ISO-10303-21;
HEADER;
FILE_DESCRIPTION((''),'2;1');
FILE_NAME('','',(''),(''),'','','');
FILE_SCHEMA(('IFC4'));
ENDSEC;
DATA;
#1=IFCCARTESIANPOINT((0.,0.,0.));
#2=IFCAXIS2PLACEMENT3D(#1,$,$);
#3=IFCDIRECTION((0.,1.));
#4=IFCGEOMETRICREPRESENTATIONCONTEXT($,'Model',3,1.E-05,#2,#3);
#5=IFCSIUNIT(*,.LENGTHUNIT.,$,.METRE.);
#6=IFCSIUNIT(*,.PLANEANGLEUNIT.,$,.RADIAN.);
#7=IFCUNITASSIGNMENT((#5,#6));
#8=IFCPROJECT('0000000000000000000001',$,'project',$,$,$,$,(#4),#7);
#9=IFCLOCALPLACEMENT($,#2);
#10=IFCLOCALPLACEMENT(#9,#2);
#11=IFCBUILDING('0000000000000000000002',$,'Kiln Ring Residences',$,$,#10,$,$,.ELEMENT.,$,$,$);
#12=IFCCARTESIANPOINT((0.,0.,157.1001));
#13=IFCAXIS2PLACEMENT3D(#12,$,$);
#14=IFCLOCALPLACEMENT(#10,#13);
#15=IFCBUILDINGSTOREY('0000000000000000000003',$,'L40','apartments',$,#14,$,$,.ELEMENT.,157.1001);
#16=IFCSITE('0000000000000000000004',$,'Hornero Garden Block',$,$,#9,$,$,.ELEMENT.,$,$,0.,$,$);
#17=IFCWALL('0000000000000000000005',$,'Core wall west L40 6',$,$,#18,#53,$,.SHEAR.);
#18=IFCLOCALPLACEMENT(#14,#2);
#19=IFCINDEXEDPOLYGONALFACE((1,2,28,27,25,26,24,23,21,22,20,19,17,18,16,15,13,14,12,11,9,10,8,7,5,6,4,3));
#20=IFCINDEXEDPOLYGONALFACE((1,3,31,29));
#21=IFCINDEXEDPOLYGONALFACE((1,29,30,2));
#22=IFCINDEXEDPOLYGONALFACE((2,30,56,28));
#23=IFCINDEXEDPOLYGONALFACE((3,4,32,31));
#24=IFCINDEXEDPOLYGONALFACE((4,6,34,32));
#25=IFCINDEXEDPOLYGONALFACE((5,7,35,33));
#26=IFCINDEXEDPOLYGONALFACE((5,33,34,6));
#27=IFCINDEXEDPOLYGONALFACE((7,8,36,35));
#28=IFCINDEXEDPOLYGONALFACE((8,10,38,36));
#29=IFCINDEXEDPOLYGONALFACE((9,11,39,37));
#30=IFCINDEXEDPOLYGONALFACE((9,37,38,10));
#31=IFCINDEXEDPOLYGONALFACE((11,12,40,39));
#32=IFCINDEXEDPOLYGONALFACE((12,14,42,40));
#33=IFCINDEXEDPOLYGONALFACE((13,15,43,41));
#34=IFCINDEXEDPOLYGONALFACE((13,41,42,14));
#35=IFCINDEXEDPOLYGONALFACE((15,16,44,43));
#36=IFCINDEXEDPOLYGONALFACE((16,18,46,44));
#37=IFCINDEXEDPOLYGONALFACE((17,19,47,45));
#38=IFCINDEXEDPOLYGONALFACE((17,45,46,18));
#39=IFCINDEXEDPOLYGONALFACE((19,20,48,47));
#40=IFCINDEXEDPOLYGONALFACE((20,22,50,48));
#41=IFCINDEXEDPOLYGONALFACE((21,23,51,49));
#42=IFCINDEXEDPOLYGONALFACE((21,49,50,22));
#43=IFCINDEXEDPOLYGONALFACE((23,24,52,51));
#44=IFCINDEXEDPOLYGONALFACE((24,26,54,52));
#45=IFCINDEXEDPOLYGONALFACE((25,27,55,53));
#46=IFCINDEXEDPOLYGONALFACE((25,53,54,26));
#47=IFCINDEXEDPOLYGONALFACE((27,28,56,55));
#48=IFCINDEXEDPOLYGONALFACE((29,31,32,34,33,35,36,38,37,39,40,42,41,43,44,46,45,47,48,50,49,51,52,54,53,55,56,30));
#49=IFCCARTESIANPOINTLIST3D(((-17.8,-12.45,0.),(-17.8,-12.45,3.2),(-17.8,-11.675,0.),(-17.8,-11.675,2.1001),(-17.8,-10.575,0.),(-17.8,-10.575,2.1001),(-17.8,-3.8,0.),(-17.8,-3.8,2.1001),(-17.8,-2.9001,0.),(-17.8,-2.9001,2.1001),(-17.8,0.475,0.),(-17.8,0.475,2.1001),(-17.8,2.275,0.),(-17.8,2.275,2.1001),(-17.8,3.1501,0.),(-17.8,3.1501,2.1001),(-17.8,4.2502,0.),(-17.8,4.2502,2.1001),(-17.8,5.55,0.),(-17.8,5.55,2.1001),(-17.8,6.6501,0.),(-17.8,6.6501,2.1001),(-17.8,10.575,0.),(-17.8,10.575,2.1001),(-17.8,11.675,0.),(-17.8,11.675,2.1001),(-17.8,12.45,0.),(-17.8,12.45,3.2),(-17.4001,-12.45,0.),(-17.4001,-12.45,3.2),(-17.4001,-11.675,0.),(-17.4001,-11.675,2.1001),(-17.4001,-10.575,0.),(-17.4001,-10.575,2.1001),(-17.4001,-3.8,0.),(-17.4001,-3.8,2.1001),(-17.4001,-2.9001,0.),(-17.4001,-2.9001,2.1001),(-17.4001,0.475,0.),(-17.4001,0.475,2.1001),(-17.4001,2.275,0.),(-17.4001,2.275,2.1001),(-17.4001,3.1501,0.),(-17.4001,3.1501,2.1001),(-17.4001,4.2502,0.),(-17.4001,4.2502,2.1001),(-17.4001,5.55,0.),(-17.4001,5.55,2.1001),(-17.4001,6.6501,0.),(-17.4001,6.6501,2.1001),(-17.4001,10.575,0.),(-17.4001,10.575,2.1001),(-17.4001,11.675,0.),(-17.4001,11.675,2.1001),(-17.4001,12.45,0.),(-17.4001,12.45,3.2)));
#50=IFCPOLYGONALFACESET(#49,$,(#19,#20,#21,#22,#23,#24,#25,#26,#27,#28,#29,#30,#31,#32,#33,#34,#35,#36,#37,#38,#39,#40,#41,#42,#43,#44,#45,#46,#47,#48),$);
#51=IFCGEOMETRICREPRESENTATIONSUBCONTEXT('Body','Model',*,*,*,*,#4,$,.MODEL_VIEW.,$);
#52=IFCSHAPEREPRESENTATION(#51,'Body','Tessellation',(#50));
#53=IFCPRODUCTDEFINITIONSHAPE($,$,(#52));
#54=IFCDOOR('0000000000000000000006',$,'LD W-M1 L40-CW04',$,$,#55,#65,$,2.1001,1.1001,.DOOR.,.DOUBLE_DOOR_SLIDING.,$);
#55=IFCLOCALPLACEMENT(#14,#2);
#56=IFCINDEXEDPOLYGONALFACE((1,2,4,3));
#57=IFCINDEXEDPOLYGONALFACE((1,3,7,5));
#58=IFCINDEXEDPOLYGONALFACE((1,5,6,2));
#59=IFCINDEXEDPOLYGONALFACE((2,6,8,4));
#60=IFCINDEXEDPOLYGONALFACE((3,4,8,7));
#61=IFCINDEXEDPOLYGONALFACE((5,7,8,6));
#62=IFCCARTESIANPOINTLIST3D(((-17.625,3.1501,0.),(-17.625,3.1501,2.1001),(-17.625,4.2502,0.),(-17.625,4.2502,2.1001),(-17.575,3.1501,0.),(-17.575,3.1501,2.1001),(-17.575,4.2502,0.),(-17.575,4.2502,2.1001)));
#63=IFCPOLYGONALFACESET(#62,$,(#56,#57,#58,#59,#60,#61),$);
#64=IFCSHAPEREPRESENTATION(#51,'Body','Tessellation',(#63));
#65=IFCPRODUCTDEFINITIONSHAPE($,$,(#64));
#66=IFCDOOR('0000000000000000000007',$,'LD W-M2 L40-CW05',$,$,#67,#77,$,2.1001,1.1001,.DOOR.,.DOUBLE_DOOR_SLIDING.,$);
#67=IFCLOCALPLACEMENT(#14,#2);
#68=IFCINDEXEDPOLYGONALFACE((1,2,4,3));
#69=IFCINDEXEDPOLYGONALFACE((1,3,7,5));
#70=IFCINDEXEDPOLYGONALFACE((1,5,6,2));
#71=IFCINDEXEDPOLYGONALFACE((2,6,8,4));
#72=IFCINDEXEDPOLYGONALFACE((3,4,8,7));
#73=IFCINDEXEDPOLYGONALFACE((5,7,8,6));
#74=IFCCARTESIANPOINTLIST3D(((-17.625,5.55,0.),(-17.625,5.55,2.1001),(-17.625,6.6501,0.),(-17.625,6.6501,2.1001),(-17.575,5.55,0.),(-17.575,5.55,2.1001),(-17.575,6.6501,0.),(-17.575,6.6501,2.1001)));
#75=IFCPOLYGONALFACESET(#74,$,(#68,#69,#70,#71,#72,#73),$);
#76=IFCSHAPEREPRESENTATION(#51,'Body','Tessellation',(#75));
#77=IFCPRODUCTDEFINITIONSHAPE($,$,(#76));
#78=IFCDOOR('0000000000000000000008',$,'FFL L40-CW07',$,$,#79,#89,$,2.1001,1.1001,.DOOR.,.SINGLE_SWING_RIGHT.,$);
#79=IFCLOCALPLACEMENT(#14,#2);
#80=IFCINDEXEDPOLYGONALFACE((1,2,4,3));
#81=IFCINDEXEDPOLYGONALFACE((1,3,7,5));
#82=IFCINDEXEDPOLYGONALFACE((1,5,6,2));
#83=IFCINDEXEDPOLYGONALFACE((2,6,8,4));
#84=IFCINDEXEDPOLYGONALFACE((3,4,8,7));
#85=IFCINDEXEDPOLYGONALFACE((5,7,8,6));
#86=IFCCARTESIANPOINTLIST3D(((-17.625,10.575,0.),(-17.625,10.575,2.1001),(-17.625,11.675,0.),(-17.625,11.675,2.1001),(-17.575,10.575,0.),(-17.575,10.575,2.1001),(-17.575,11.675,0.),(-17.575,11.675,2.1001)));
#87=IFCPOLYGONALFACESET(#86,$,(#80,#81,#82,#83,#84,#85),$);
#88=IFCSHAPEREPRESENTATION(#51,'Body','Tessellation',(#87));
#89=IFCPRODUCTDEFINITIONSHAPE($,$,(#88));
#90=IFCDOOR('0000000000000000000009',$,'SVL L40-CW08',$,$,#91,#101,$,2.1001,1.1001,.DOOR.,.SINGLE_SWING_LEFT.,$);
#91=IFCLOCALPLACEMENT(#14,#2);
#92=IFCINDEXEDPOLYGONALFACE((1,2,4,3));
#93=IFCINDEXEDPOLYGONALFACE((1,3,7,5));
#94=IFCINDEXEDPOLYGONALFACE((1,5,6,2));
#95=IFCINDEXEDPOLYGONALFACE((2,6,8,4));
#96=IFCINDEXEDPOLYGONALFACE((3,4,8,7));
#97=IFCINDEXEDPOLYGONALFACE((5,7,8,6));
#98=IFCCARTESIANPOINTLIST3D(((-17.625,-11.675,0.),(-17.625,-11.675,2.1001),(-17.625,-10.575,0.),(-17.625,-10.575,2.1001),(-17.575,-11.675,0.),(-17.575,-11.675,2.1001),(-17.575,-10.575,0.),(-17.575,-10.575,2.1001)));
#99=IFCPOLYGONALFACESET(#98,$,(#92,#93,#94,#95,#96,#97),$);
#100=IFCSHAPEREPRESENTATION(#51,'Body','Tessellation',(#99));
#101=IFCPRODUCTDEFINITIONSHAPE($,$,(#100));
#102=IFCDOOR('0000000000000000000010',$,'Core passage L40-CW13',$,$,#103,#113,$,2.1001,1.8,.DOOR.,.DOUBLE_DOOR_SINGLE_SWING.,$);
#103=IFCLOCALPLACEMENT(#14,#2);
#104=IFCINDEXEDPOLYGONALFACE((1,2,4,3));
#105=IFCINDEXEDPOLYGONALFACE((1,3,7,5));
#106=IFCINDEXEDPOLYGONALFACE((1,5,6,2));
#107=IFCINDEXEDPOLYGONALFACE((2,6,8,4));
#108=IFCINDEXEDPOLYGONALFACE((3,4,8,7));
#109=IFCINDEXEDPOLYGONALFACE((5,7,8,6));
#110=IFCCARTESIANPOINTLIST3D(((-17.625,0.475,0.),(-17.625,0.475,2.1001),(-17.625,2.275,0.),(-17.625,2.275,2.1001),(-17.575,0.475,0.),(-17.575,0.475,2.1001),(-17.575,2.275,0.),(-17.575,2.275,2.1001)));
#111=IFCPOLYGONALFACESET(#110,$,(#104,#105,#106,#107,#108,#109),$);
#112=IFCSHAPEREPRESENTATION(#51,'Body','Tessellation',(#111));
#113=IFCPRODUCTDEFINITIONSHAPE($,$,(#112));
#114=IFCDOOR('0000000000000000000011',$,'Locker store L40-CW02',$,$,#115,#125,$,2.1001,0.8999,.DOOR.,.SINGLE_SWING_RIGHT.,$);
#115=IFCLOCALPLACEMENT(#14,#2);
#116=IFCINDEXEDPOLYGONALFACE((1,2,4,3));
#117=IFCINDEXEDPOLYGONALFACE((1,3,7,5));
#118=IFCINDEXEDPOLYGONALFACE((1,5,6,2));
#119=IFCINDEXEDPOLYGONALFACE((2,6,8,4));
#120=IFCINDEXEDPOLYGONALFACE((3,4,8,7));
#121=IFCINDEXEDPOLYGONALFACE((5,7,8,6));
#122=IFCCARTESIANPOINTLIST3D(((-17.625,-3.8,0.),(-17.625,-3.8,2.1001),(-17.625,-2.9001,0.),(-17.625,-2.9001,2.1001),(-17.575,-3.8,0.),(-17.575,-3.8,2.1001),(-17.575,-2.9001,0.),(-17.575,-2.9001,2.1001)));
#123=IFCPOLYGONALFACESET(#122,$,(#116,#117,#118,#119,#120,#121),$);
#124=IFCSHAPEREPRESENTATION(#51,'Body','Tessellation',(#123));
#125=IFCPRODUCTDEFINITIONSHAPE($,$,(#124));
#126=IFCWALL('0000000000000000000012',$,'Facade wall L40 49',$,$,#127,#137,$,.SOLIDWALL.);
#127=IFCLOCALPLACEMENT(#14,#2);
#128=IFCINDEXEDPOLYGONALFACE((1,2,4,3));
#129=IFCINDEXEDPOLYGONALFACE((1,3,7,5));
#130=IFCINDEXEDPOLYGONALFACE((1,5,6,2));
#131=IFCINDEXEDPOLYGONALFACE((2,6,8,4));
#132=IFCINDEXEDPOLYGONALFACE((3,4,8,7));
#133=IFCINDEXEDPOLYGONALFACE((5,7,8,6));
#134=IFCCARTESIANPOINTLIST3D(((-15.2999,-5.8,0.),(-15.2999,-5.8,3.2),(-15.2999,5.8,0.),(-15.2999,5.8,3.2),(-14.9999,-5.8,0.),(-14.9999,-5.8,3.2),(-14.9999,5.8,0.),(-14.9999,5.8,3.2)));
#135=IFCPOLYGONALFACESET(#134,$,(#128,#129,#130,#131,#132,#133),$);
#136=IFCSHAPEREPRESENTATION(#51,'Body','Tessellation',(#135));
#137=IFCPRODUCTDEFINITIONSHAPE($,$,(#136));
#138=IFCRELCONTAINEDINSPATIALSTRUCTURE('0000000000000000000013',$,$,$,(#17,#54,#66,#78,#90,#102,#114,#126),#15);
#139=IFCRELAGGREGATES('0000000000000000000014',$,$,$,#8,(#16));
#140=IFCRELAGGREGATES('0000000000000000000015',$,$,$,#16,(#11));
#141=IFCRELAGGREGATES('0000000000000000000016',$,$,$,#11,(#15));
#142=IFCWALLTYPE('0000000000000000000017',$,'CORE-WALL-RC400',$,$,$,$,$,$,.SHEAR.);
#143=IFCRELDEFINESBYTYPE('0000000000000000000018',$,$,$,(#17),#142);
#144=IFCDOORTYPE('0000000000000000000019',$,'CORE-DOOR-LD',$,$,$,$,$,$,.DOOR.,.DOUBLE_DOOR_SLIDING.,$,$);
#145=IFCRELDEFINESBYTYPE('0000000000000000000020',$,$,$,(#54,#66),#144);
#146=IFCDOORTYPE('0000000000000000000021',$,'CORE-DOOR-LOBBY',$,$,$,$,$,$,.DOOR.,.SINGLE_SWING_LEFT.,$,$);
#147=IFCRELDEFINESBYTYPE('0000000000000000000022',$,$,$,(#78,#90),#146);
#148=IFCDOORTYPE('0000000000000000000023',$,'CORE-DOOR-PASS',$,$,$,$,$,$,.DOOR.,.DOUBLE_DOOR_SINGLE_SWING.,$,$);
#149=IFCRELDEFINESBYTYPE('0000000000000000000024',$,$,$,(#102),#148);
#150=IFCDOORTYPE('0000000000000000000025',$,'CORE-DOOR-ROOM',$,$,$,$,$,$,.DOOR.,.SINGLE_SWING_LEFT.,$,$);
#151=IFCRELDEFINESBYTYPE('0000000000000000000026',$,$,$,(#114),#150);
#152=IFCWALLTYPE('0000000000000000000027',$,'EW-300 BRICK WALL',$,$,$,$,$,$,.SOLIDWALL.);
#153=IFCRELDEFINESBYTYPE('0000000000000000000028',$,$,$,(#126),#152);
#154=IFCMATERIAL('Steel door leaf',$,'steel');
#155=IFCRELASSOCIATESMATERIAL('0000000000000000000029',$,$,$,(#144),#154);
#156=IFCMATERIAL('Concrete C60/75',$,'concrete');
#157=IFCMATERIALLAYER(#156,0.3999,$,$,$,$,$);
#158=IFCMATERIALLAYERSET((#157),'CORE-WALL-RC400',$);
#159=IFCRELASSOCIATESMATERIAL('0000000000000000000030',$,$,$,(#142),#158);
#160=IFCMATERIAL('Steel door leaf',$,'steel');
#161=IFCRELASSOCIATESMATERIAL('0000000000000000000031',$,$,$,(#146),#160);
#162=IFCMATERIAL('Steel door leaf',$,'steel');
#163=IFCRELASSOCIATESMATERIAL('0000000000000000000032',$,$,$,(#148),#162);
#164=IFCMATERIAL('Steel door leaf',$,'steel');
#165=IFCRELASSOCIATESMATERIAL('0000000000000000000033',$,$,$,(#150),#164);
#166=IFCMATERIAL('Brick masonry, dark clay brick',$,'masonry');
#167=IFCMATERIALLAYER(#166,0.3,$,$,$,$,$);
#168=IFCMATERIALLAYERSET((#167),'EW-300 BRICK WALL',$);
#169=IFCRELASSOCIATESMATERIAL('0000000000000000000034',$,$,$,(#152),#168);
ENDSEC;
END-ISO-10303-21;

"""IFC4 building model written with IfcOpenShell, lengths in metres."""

from ifc_helpers import new_model, si_unit, direction, frame, frame_2d, origin, place, context, subcontext, project, spatial, rectangle, extrude, material, layer, layer_set, type_object, element, fill, save


model = new_model("IFC4")

# Units and contexts
model_context = context("Model", 3, precision=1e-05, world=origin(), true_north=direction((0.0, 1.0)))
body_context = subcontext(model_context, "Body", "Model", "MODEL_VIEW")
ifc_project = project(units=[si_unit("LENGTHUNIT", "METRE"), si_unit("PLANEANGLEUNIT", "RADIAN")], contexts=[model_context])

# Site, building, storey
site_placement = place(None, origin())
site = spatial("IfcSite", under=ifc_project, at=site_placement, Name="Hornero Garden Block", CompositionType="ELEMENT", RefElevation=0.0)
building_placement = place(site_placement, origin())
building = spatial("IfcBuilding", under=site, at=building_placement, Name="Kiln Ring Residences", CompositionType="ELEMENT")
storey_placement = place(building_placement, frame((0.0, 0.0, 157.1001)))
storey = spatial("IfcBuildingStorey", under=building, at=storey_placement, Name="L40", Description="apartments", CompositionType="ELEMENT", Elevation=157.1001)

# Wall, openings, doors
ifc_material_1 = material(Name="Steel door leaf", Category="steel")
door_type_1 = type_object("IfcDoorType", Name="CORE-DOOR-LD", OperationType="DOUBLE_DOOR_SLIDING", PredefinedType="DOOR", material=ifc_material_1)
ifc_material_2 = material(Name="Concrete C60/75", Category="concrete")
ifc_layer_1 = layer(ifc_material_2, 0.3999)
ifc_layer_set_1 = layer_set([ifc_layer_1], Name="CORE-WALL-RC400")
wall_type_1 = type_object("IfcWallType", Name="CORE-WALL-RC400", PredefinedType="SHEAR", material=ifc_layer_set_1)
wall_1_placement = place(storey_placement, frame((-17.6001, -12.45, 0.0), z_axis=(0.0, 0.0, 1.0), x_axis=(0.0, 1.0, 0.0)))
wall_1 = element("IfcWall", 1, at=wall_1_placement, inside=storey, type_object=wall_type_1, Name="Core wall west L40 6", PredefinedType="SHEAR", context=body_context, shape_type="SweptSolid", body=[
    extrude(rectangle(XDim=24.8999, YDim=0.3999, at=frame_2d((12.45, 0.0))), origin(), (0.0, 0.0, 1.0), 3.2),
])
opening_1_placement = place(wall_1_placement, frame((8.6499, 0.0, 0.0)))
opening_1 = element("IfcOpeningElement", 2, at=opening_1_placement, cuts=wall_1, PredefinedType="OPENING", context=body_context, shape_type="SweptSolid", body=[
    extrude(rectangle(XDim=0.8999, YDim=2.1001, at=frame_2d((0.45, 1.05))), frame((0.0, 0.21, 0.0), z_axis=(0.0, -1.0, 0.0), x_axis=(1.0, 0.0, 0.0)), (0.0, 0.0, 1.0), 0.4199),
])
opening_2_placement = place(wall_1_placement, frame((15.6001, 0.0, 0.0)))
opening_2 = element("IfcOpeningElement", 3, at=opening_2_placement, cuts=wall_1, PredefinedType="OPENING", context=body_context, shape_type="SweptSolid", body=[
    extrude(rectangle(XDim=1.1001, YDim=2.1001, at=frame_2d((0.55, 1.05))), frame((0.0, 0.21, 0.0), z_axis=(0.0, -1.0, 0.0), x_axis=(1.0, 0.0, 0.0)), (0.0, 0.0, 1.0), 0.4199),
])
opening_3_placement = place(wall_1_placement, frame((18.0, 0.0, 0.0)))
opening_3 = element("IfcOpeningElement", 4, at=opening_3_placement, cuts=wall_1, PredefinedType="OPENING", context=body_context, shape_type="SweptSolid", body=[
    extrude(rectangle(XDim=1.1001, YDim=2.1001, at=frame_2d((0.55, 1.05))), frame((0.0, 0.21, 0.0), z_axis=(0.0, -1.0, 0.0), x_axis=(1.0, 0.0, 0.0)), (0.0, 0.0, 1.0), 0.4199),
])
opening_4_placement = place(wall_1_placement, frame((23.0249, 0.0, 0.0)))
opening_4 = element("IfcOpeningElement", 5, at=opening_4_placement, cuts=wall_1, PredefinedType="OPENING", context=body_context, shape_type="SweptSolid", body=[
    extrude(rectangle(XDim=1.1001, YDim=2.1001, at=frame_2d((0.55, 1.05))), frame((0.0, 0.21, 0.0), z_axis=(0.0, -1.0, 0.0), x_axis=(1.0, 0.0, 0.0)), (0.0, 0.0, 1.0), 0.4199),
])
opening_5_placement = place(wall_1_placement, frame((0.7749, 0.0, 0.0)))
opening_5 = element("IfcOpeningElement", 6, at=opening_5_placement, cuts=wall_1, PredefinedType="OPENING", context=body_context, shape_type="SweptSolid", body=[
    extrude(rectangle(XDim=1.1001, YDim=2.1001, at=frame_2d((0.55, 1.05))), frame((0.0, 0.21, 0.0), z_axis=(0.0, -1.0, 0.0), x_axis=(1.0, 0.0, 0.0)), (0.0, 0.0, 1.0), 0.4199),
])
opening_6_placement = place(wall_1_placement, frame((12.925, 0.0, 0.0)))
opening_6 = element("IfcOpeningElement", 7, at=opening_6_placement, cuts=wall_1, PredefinedType="OPENING", context=body_context, shape_type="SweptSolid", body=[
    extrude(rectangle(XDim=1.8, YDim=2.1001, at=frame_2d((0.8999, 1.05))), frame((0.0, 0.21, 0.0), z_axis=(0.0, -1.0, 0.0), x_axis=(1.0, 0.0, 0.0)), (0.0, 0.0, 1.0), 0.4199),
])
door_1_placement = place(opening_2_placement, origin())
door_1 = element("IfcDoor", 8, at=door_1_placement, inside=storey, type_object=door_type_1, Name="LD W-M1 L40-CW04", OperationType="DOUBLE_DOOR_SLIDING", OverallHeight=2.1001, OverallWidth=1.1001, PredefinedType="DOOR", context=body_context, shape_type="SweptSolid", body=[
    extrude(rectangle(XDim=1.1001, YDim=2.1001, at=frame_2d((0.55, 1.05))), frame((0.0, 0.0249, 0.0), z_axis=(0.0, -1.0, 0.0), x_axis=(1.0, 0.0, 0.0)), (0.0, 0.0, 1.0), 0.05),
])
fill(opening_2, door_1)
door_2_placement = place(opening_3_placement, origin())
door_2 = element("IfcDoor", 9, at=door_2_placement, inside=storey, type_object=door_type_1, Name="LD W-M2 L40-CW05", OperationType="DOUBLE_DOOR_SLIDING", OverallHeight=2.1001, OverallWidth=1.1001, PredefinedType="DOOR", context=body_context, shape_type="SweptSolid", body=[
    extrude(rectangle(XDim=1.1001, YDim=2.1001, at=frame_2d((0.55, 1.05))), frame((0.0, 0.0249, 0.0), z_axis=(0.0, -1.0, 0.0), x_axis=(1.0, 0.0, 0.0)), (0.0, 0.0, 1.0), 0.05),
])
fill(opening_3, door_2)
ifc_material_3 = material(Name="Steel door leaf", Category="steel")
door_type_2 = type_object("IfcDoorType", Name="CORE-DOOR-LOBBY", OperationType="SINGLE_SWING_LEFT", PredefinedType="DOOR", material=ifc_material_3)
door_3_placement = place(opening_4_placement, origin())
door_3 = element("IfcDoor", 10, at=door_3_placement, inside=storey, type_object=door_type_2, Name="FFL L40-CW07", OperationType="SINGLE_SWING_RIGHT", OverallHeight=2.1001, OverallWidth=1.1001, PredefinedType="DOOR", context=body_context, shape_type="SweptSolid", body=[
    extrude(rectangle(XDim=1.1001, YDim=2.1001, at=frame_2d((0.55, 1.05))), frame((0.0, 0.0249, 0.0), z_axis=(0.0, -1.0, 0.0), x_axis=(1.0, 0.0, 0.0)), (0.0, 0.0, 1.0), 0.05),
])
fill(opening_4, door_3)
door_4_placement = place(opening_5_placement, origin())
door_4 = element("IfcDoor", 11, at=door_4_placement, inside=storey, type_object=door_type_2, Name="SVL L40-CW08", OperationType="SINGLE_SWING_LEFT", OverallHeight=2.1001, OverallWidth=1.1001, PredefinedType="DOOR", context=body_context, shape_type="SweptSolid", body=[
    extrude(rectangle(XDim=1.1001, YDim=2.1001, at=frame_2d((0.55, 1.05))), frame((0.0, 0.0249, 0.0), z_axis=(0.0, -1.0, 0.0), x_axis=(1.0, 0.0, 0.0)), (0.0, 0.0, 1.0), 0.05),
])
fill(opening_5, door_4)
ifc_material_4 = material(Name="Steel door leaf", Category="steel")
door_type_3 = type_object("IfcDoorType", Name="CORE-DOOR-PASS", OperationType="DOUBLE_DOOR_SINGLE_SWING", PredefinedType="DOOR", material=ifc_material_4)
door_5_placement = place(opening_6_placement, origin())
door_5 = element("IfcDoor", 12, at=door_5_placement, inside=storey, type_object=door_type_3, Name="Core passage L40-CW13", OperationType="DOUBLE_DOOR_SINGLE_SWING", OverallHeight=2.1001, OverallWidth=1.8, PredefinedType="DOOR", context=body_context, shape_type="SweptSolid", body=[
    extrude(rectangle(XDim=1.8, YDim=2.1001, at=frame_2d((0.8999, 1.05))), frame((0.0, 0.0249, 0.0), z_axis=(0.0, -1.0, 0.0), x_axis=(1.0, 0.0, 0.0)), (0.0, 0.0, 1.0), 0.05),
])
fill(opening_6, door_5)
ifc_material_5 = material(Name="Steel door leaf", Category="steel")
door_type_4 = type_object("IfcDoorType", Name="CORE-DOOR-ROOM", OperationType="SINGLE_SWING_LEFT", PredefinedType="DOOR", material=ifc_material_5)
door_6_placement = place(opening_1_placement, origin())
door_6 = element("IfcDoor", 13, at=door_6_placement, inside=storey, type_object=door_type_4, Name="Locker store L40-CW02", OperationType="SINGLE_SWING_RIGHT", OverallHeight=2.1001, OverallWidth=0.8999, PredefinedType="DOOR", context=body_context, shape_type="SweptSolid", body=[
    extrude(rectangle(XDim=0.8999, YDim=2.1001, at=frame_2d((0.45, 1.05))), frame((0.0, 0.0249, 0.0), z_axis=(0.0, -1.0, 0.0), x_axis=(1.0, 0.0, 0.0)), (0.0, 0.0, 1.0), 0.05),
])
fill(opening_1, door_6)

# Wall
ifc_material_6 = material(Name="Brick masonry, dark clay brick", Category="masonry")
ifc_layer_2 = layer(ifc_material_6, 0.3)
ifc_layer_set_2 = layer_set([ifc_layer_2], Name="EW-300 BRICK WALL")
wall_type_2 = type_object("IfcWallType", Name="EW-300 BRICK WALL", PredefinedType="SOLIDWALL", material=ifc_layer_set_2)
wall_2_placement = place(storey_placement, frame((-15.1499, -5.8, 0.0), z_axis=(0.0, 0.0, 1.0), x_axis=(0.0, 1.0, 0.0)))
element("IfcWall", 14, at=wall_2_placement, inside=storey, type_object=wall_type_2, Name="Facade wall L40 49", PredefinedType="SOLIDWALL", context=body_context, shape_type="SweptSolid", body=[
    extrude(rectangle(XDim=11.6001, YDim=0.3, at=frame_2d((5.8, 0.0))), origin(), (0.0, 0.0, 1.0), 3.2),
])

save(model, "model.ifc")
